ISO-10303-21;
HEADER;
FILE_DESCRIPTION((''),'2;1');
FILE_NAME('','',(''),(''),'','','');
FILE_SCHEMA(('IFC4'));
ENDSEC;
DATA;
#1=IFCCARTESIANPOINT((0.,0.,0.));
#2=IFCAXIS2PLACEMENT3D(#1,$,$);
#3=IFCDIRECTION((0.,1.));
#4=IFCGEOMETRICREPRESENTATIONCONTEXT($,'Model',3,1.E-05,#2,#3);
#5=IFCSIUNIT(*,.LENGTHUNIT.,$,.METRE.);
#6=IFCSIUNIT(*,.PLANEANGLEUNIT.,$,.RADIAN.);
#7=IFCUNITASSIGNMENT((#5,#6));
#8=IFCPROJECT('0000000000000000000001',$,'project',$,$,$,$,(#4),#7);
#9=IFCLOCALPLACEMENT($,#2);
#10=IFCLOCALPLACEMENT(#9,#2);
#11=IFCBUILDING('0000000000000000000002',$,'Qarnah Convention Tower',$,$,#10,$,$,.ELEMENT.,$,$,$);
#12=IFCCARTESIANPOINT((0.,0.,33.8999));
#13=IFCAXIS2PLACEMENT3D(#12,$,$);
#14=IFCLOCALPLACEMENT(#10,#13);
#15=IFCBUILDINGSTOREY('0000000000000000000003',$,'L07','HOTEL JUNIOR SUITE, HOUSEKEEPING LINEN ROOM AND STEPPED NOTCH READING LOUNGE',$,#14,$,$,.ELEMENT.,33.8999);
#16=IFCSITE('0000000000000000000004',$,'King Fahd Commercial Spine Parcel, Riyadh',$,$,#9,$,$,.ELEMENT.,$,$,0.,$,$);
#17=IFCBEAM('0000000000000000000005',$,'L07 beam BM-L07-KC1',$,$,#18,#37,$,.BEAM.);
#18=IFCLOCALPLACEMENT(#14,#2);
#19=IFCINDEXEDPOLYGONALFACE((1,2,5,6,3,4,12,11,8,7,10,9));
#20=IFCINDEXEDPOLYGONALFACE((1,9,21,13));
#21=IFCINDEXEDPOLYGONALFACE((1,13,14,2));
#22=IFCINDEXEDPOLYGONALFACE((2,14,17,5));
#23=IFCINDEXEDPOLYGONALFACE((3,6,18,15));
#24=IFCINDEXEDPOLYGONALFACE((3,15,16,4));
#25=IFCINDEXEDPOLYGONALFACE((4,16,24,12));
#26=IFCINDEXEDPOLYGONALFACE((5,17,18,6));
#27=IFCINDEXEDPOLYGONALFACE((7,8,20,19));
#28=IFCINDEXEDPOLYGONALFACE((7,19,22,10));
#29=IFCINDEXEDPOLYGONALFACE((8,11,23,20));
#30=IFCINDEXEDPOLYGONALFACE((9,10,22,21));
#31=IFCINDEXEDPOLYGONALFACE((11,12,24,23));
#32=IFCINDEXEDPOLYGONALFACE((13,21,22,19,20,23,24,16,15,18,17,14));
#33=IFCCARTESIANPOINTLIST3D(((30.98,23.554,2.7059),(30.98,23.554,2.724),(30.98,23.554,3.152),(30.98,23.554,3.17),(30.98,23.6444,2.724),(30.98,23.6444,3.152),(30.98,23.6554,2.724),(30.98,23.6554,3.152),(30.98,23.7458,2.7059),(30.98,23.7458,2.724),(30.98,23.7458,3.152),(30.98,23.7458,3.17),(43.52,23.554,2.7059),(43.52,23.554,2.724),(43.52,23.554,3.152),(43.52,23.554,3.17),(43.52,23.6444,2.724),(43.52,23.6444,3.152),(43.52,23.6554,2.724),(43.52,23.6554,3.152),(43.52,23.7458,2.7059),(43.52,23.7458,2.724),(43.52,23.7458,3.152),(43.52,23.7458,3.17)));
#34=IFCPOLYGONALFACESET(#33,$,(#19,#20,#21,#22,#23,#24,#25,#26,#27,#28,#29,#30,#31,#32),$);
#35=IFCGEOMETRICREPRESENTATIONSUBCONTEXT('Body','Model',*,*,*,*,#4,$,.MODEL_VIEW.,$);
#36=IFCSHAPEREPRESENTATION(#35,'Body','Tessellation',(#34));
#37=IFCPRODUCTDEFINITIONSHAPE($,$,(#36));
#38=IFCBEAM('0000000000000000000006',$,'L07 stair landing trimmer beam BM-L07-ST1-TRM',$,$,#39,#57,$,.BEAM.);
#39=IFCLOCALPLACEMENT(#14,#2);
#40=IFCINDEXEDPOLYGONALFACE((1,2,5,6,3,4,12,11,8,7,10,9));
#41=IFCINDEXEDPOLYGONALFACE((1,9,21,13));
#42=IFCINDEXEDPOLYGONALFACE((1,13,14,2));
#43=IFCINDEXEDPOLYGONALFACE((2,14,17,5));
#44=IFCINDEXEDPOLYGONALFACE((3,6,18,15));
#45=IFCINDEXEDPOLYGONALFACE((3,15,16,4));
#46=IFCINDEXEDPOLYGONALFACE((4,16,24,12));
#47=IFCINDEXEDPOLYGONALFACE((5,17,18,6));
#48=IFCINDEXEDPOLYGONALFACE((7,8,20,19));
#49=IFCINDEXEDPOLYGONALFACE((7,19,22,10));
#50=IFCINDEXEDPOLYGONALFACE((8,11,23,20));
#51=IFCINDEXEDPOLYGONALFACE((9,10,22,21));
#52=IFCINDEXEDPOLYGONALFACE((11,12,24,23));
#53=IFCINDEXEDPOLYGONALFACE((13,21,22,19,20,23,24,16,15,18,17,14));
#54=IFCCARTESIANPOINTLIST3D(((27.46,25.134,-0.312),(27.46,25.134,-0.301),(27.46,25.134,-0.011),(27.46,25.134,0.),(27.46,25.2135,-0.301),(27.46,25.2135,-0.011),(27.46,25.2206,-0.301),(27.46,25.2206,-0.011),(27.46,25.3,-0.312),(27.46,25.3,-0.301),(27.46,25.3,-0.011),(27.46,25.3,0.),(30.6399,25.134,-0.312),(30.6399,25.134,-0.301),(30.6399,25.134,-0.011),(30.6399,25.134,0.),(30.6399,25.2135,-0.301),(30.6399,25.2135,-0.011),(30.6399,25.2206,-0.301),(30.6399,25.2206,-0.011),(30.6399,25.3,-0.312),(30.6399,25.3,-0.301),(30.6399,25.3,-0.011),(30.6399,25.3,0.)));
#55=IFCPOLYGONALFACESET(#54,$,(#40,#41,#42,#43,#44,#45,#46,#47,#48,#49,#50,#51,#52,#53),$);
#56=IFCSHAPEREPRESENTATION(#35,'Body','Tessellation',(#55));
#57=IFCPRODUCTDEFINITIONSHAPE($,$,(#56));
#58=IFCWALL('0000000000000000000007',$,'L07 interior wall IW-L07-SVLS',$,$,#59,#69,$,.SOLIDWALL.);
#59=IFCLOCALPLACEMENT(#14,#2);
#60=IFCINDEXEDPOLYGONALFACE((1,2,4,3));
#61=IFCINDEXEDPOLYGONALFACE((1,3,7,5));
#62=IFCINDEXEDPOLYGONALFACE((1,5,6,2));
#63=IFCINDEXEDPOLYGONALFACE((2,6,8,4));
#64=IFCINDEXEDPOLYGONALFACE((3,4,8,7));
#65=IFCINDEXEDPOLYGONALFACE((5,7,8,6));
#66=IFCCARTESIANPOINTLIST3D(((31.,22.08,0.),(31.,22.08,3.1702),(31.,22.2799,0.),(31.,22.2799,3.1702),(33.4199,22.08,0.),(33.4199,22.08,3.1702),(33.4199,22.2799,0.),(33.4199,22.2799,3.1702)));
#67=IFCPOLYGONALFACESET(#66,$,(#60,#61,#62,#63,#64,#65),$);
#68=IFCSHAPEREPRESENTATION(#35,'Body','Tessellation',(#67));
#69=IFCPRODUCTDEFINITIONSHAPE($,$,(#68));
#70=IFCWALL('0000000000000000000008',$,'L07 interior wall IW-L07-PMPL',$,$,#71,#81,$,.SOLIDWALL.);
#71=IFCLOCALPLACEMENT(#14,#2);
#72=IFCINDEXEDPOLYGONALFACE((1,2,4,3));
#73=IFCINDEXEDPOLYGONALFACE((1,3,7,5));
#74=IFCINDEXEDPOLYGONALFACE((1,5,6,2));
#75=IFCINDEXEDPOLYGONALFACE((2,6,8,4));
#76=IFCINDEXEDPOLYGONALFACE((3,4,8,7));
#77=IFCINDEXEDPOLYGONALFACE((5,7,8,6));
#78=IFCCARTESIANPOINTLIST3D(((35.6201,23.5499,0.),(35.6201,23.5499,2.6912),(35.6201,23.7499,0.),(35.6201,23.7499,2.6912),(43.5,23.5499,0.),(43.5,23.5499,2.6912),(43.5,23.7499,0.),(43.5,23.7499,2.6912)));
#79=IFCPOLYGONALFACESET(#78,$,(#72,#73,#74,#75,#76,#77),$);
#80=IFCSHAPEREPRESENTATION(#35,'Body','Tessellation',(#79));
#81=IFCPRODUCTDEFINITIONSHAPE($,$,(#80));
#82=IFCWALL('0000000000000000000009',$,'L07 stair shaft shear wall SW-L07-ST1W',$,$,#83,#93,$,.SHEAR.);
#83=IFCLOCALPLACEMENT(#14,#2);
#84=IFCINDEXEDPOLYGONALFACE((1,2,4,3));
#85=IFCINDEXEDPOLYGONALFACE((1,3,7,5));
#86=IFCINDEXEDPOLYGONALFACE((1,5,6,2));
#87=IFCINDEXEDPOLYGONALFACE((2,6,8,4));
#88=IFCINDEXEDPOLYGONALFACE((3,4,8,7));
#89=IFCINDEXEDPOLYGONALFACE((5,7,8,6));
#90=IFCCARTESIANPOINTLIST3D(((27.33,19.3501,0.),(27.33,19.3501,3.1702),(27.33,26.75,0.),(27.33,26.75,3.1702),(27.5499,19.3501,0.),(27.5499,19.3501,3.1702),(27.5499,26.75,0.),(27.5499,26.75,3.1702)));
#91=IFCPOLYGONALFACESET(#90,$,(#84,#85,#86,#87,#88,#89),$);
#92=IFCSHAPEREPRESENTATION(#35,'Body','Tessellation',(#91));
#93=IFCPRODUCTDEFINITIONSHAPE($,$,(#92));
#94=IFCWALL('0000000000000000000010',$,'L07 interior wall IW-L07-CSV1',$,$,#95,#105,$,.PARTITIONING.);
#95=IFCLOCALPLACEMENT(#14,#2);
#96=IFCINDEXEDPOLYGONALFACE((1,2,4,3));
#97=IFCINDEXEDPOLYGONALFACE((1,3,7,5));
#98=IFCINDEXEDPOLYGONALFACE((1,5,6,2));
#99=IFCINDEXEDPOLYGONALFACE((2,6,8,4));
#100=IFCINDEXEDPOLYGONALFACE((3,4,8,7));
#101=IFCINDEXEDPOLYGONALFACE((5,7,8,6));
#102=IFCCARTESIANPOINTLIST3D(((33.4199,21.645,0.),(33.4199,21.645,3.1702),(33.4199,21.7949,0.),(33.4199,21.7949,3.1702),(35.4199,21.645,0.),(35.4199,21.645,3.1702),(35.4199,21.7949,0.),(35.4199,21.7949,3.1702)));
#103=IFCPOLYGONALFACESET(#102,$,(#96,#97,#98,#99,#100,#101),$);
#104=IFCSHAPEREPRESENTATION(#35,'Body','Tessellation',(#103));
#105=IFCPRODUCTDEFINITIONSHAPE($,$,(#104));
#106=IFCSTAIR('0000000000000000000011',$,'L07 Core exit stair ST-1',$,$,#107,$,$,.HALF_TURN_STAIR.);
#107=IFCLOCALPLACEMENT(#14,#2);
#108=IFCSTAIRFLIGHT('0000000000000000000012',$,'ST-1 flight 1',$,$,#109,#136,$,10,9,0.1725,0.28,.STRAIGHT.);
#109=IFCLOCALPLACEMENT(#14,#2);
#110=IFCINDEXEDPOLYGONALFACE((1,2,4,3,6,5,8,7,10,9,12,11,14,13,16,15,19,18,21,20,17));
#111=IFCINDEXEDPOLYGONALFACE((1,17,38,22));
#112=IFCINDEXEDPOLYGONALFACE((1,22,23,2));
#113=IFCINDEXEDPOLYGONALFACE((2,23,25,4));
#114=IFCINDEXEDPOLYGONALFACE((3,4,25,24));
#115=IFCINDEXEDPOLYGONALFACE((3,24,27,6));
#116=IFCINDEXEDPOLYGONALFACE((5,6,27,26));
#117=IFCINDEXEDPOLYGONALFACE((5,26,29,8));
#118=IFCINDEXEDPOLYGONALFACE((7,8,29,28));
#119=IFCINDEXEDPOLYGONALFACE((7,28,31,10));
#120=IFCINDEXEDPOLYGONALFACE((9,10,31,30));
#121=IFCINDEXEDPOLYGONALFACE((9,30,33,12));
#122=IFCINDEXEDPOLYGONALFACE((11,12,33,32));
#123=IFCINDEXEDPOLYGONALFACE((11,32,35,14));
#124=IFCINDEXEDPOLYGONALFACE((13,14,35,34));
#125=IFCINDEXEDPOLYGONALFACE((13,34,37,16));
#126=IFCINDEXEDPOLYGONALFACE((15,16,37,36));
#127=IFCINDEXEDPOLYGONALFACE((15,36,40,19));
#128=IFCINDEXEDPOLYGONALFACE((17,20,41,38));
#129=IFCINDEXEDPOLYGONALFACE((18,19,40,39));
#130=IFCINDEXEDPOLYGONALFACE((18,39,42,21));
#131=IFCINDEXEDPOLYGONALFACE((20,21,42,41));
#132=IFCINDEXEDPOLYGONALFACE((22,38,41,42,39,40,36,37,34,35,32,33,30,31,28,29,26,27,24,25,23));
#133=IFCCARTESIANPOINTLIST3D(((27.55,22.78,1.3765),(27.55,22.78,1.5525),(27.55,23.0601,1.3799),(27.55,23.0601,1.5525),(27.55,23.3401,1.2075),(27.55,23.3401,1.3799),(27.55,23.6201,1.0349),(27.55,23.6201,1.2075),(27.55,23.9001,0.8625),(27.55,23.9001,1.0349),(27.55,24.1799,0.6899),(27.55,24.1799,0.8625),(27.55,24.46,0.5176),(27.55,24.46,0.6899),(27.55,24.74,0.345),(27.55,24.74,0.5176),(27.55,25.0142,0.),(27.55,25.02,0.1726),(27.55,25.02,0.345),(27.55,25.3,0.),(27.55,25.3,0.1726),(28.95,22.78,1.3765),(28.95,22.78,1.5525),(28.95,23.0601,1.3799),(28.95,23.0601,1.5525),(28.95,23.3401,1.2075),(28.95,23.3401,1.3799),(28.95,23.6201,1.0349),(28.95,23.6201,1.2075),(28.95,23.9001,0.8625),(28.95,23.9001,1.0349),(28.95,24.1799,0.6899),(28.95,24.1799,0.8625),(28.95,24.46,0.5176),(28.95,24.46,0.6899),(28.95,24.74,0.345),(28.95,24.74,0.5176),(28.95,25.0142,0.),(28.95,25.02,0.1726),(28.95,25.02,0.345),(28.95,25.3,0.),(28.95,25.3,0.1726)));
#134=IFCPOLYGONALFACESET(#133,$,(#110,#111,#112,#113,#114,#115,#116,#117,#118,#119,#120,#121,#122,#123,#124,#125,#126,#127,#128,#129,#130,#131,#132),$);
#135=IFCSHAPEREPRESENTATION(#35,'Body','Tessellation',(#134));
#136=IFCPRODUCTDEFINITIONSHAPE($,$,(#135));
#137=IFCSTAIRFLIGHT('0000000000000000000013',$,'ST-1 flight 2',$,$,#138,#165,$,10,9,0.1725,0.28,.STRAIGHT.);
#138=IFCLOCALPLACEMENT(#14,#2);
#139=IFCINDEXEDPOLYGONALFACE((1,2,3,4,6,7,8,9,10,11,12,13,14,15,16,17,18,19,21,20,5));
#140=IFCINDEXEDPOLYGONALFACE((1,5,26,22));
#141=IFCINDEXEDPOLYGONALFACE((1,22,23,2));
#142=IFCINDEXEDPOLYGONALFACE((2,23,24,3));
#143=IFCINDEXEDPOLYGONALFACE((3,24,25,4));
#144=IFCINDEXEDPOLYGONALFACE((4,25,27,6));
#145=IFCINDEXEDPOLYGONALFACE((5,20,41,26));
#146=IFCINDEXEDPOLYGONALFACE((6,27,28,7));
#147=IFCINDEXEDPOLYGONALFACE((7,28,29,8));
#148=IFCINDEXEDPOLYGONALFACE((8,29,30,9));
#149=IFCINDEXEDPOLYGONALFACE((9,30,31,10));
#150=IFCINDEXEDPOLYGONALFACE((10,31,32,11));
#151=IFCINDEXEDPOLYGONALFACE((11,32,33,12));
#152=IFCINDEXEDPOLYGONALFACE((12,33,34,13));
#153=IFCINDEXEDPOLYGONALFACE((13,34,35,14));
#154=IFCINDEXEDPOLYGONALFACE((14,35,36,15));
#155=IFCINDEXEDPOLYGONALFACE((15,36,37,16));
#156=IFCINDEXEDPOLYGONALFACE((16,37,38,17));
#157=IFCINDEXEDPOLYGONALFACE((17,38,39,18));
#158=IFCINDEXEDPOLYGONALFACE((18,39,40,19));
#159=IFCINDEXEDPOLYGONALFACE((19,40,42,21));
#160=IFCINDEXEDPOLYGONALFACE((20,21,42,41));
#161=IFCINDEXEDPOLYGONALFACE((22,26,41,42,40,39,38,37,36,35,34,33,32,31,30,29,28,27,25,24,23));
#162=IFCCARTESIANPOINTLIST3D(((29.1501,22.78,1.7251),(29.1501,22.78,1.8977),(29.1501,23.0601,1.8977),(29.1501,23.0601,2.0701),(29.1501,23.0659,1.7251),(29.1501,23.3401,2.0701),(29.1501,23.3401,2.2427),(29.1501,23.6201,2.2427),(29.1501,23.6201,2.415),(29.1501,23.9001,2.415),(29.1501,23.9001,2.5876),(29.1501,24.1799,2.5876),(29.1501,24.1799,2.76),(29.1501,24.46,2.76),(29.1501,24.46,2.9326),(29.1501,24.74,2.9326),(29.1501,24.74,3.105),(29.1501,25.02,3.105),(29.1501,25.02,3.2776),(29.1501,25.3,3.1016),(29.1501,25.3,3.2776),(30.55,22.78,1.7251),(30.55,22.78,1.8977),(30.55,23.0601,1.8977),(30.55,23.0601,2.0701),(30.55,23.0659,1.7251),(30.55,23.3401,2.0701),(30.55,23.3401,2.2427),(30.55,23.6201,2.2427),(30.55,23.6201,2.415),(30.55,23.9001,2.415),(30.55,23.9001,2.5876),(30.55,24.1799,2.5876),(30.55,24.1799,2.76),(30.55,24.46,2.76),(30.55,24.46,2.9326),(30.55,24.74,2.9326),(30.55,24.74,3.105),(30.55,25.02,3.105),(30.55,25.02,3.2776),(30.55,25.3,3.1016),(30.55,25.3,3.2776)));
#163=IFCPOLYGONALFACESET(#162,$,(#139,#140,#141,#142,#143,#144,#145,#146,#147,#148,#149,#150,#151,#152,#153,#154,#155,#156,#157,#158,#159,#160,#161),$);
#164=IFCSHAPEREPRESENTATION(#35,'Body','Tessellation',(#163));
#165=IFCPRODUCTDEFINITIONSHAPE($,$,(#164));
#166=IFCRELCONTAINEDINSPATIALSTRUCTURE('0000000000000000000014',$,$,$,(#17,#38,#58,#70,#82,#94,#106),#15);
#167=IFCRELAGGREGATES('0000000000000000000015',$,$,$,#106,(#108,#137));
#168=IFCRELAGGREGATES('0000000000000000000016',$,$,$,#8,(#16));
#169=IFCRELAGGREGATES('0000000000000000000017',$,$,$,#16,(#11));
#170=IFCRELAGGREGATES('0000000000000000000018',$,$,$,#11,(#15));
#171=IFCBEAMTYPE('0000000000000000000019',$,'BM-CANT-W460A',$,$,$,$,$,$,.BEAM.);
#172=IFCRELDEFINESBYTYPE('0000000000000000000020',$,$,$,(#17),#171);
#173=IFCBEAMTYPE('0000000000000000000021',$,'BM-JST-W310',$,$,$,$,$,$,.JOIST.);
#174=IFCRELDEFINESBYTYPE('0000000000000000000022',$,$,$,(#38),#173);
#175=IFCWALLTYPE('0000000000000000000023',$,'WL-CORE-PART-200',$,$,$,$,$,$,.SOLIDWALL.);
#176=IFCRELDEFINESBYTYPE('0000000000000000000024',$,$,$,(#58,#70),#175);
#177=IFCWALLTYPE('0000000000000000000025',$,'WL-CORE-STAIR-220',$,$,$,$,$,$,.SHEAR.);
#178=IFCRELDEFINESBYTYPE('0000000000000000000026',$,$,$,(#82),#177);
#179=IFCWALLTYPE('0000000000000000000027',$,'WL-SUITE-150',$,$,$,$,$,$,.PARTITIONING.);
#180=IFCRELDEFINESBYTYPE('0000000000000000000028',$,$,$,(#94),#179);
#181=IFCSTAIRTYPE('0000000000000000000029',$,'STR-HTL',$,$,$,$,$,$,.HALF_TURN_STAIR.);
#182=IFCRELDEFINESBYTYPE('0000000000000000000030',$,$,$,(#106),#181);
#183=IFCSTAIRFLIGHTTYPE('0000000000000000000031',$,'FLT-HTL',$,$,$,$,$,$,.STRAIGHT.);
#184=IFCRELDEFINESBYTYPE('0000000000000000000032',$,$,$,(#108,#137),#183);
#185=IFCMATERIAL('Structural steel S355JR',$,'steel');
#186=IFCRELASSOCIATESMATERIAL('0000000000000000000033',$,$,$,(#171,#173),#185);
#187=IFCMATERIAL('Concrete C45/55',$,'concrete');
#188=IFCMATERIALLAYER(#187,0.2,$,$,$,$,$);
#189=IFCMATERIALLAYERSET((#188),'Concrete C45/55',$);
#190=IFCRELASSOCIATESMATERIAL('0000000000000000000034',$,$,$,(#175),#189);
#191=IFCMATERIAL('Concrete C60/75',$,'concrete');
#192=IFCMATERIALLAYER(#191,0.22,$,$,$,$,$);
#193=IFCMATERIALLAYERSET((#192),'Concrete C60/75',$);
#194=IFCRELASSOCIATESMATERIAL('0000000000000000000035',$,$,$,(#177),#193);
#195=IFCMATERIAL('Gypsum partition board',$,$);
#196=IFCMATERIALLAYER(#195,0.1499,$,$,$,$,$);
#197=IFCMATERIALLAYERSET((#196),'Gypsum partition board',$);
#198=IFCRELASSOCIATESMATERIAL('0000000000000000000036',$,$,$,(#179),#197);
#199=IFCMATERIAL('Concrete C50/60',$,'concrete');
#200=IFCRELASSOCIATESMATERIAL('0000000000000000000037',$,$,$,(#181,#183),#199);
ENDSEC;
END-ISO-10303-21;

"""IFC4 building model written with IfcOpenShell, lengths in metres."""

from ifc_helpers import new_model, si_unit, direction, frame, frame_2d, origin, origin_2d, place, context, subcontext, project, spatial, polyline, rectangle, i_section, outline, extrude, material, layer, layer_set, material_profile, profile_set, type_object, element, aggregate, save


model = new_model("IFC4")

# Units and contexts
model_context = context("Model", 3, precision=1e-05, world=origin(), true_north=direction((0.0, 1.0)))
body_context = subcontext(model_context, "Body", "Model", "MODEL_VIEW")
ifc_project = project(units=[si_unit("LENGTHUNIT", "METRE"), si_unit("PLANEANGLEUNIT", "RADIAN")], contexts=[model_context])

# Site, building, storey
site_placement = place(None, origin())
site = spatial("IfcSite", under=ifc_project, at=site_placement, Name="King Fahd Commercial Spine Parcel, Riyadh", CompositionType="ELEMENT", RefElevation=0.0)
building_placement = place(site_placement, origin())
building = spatial("IfcBuilding", under=site, at=building_placement, Name="Qarnah Convention Tower", CompositionType="ELEMENT")
storey_placement = place(building_placement, frame((0.0, 0.0, 33.8999)))
storey = spatial("IfcBuildingStorey", under=building, at=storey_placement, Name="L07", Description="HOTEL JUNIOR SUITE, HOUSEKEEPING LINEN ROOM AND STEPPED NOTCH READING LOUNGE", CompositionType="ELEMENT", Elevation=33.8999)

# Beams
ifc_material_1 = material(Name="Structural steel S355JR", Category="steel")
ifc_material_profile_1 = material_profile(ifc_material_1, i_section(OverallWidth=0.1919, OverallDepth=0.4641, WebThickness=0.011, FlangeThickness=0.0181, at=origin_2d()), Name="W460X89")
ifc_profile_set_1 = profile_set([ifc_material_profile_1], Name="Structural steel S355JR")
beam_type_1 = type_object("IfcBeamType", Name="BM-CANT-W460A", PredefinedType="BEAM", material=ifc_profile_set_1)
beam_1_placement = place(storey_placement, frame((30.98, 23.6499, 2.938), z_axis=(1.0, 0.0, 0.0), x_axis=(0.0, 1.0, 0.0)))
element("IfcBeam", 1, at=beam_1_placement, inside=storey, type_object=beam_type_1, Name="L07 beam BM-L07-KC1", PredefinedType="BEAM", context=body_context, shape_type="SweptSolid", body=[
    extrude(i_section(OverallWidth=0.1919, OverallDepth=0.4641, WebThickness=0.011, FlangeThickness=0.0181, at=origin_2d()), origin(), (0.0, 0.0, 1.0), 12.54),
])
ifc_material_profile_2 = material_profile(ifc_material_1, i_section(OverallWidth=0.166, OverallDepth=0.312, WebThickness=0.0071, FlangeThickness=0.011, at=origin_2d()), Name="W310X45")
ifc_profile_set_2 = profile_set([ifc_material_profile_2], Name="Structural steel S355JR")
beam_type_2 = type_object("IfcBeamType", Name="BM-JST-W310", PredefinedType="JOIST", material=ifc_profile_set_2)
beam_2_placement = place(storey_placement, frame((27.46, 25.217, -0.156), z_axis=(1.0, 0.0, 0.0), x_axis=(0.0, 1.0, 0.0)))
element("IfcBeam", 2, at=beam_2_placement, inside=storey, type_object=beam_type_2, Name="L07 stair landing trimmer beam BM-L07-ST1-TRM", PredefinedType="BEAM", context=body_context, shape_type="SweptSolid", body=[
    extrude(i_section(OverallWidth=0.166, OverallDepth=0.312, WebThickness=0.0071, FlangeThickness=0.011, at=origin_2d()), origin(), (0.0, 0.0, 1.0), 3.1799),
])

# Shared definitions
ifc_material_2 = material(Name="Concrete C45/55", Category="concrete")
ifc_layer_1 = layer(ifc_material_2, 0.2)
ifc_layer_set_1 = layer_set([ifc_layer_1], Name="Concrete C45/55")
wall_type_1 = type_object("IfcWallType", Name="WL-CORE-PART-200", PredefinedType="SOLIDWALL", material=ifc_layer_set_1)

# Walls
wall_1_placement = place(storey_placement, frame((31.0, 22.1799, 0.0), z_axis=(0.0, 0.0, 1.0), x_axis=(1.0, 0.0, 0.0)))
element("IfcWall", 3, at=wall_1_placement, inside=storey, type_object=wall_type_1, Name="L07 interior wall IW-L07-SVLS", PredefinedType="SOLIDWALL", context=body_context, shape_type="SweptSolid", body=[
    extrude(rectangle(XDim=2.4199, YDim=0.2, at=frame_2d((1.21, 0.0))), origin(), (0.0, 0.0, 1.0), 3.1702),
])
wall_2_placement = place(storey_placement, frame((35.6201, 23.6499, 0.0), z_axis=(0.0, 0.0, 1.0), x_axis=(1.0, 0.0, 0.0)))
element("IfcWall", 4, at=wall_2_placement, inside=storey, type_object=wall_type_1, Name="L07 interior wall IW-L07-PMPL", PredefinedType="SOLIDWALL", context=body_context, shape_type="SweptSolid", body=[
    extrude(rectangle(XDim=7.8799, YDim=0.2, at=frame_2d((3.9399, 0.0))), origin(), (0.0, 0.0, 1.0), 2.6912),
])

# Walls
ifc_material_3 = material(Name="Concrete C60/75", Category="concrete")
ifc_layer_2 = layer(ifc_material_3, 0.22)
ifc_layer_set_2 = layer_set([ifc_layer_2], Name="Concrete C60/75")
wall_type_2 = type_object("IfcWallType", Name="WL-CORE-STAIR-220", PredefinedType="SHEAR", material=ifc_layer_set_2)
wall_3_placement = place(storey_placement, frame((27.4399, 19.3501, 0.0), z_axis=(0.0, 0.0, 1.0), x_axis=(0.0, 1.0, 0.0)))
element("IfcWall", 5, at=wall_3_placement, inside=storey, type_object=wall_type_2, Name="L07 stair shaft shear wall SW-L07-ST1W", PredefinedType="SHEAR", context=body_context, shape_type="SweptSolid", body=[
    extrude(rectangle(XDim=7.3999, YDim=0.22, at=frame_2d((3.7, 0.0))), origin(), (0.0, 0.0, 1.0), 3.1702),
])
ifc_material_4 = material(Name="Gypsum partition board")
ifc_layer_3 = layer(ifc_material_4, 0.1499)
ifc_layer_set_3 = layer_set([ifc_layer_3], Name="Gypsum partition board")
wall_type_3 = type_object("IfcWallType", Name="WL-SUITE-150", PredefinedType="PARTITIONING", material=ifc_layer_set_3)
wall_4_placement = place(storey_placement, frame((33.4199, 21.72, 0.0), z_axis=(0.0, 0.0, 1.0), x_axis=(1.0, 0.0, 0.0)))
element("IfcWall", 6, at=wall_4_placement, inside=storey, type_object=wall_type_3, Name="L07 interior wall IW-L07-CSV1", PredefinedType="PARTITIONING", context=body_context, shape_type="SweptSolid", body=[
    extrude(rectangle(XDim=2.0, YDim=0.1499, at=frame_2d((1.0, 0.0))), origin(), (0.0, 0.0, 1.0), 3.1702),
])

# Stair, stair flights
ifc_material_5 = material(Name="Concrete C50/60", Category="concrete")
stair_type = type_object("IfcStairType", Name="STR-HTL", PredefinedType="HALF_TURN_STAIR", material=ifc_material_5)
stair_placement = place(storey_placement, origin())
stair = element("IfcStair", 7, at=stair_placement, inside=storey, type_object=stair_type, Name="L07 Core exit stair ST-1", PredefinedType="HALF_TURN_STAIR")
stair_flight_type = type_object("IfcStairFlightType", Name="FLT-HTL", PredefinedType="STRAIGHT", material=ifc_material_5)
stair_flight_1_placement = place(storey_placement, frame((28.25, 25.3, 0.0), z_axis=(0.0, 0.0, 1.0), x_axis=(0.0, -1.0, 0.0)))
stair_flight_1 = element("IfcStairFlight", 8, at=stair_flight_1_placement, type_object=stair_flight_type, Name="ST-1 flight 1", NumberOfRisers=10, NumberOfTreads=9, PredefinedType="STRAIGHT", RiserHeight=0.1725, TreadLength=0.28, context=body_context, shape_type="SweptSolid", body=[
    extrude(outline(polyline([(0.0, 0.0), (0.0, 0.1726), (0.28, 0.1726), (0.28, 0.345), (0.5601, 0.345), (0.5601, 0.5176), (0.8401, 0.5176), (0.8401, 0.6899), (1.1201, 0.6899), (1.1201, 0.8625), (1.3999, 0.8625), (1.3999, 1.0349), (1.6799, 1.0349), (1.6799, 1.2075), (1.96, 1.2075), (1.96, 1.3799), (2.24, 1.3799), (2.24, 1.5525), (2.52, 1.5525), (2.52, 1.7251), (2.52, 1.3765), (0.2859, 0.0), (0.0, 0.0)])), frame((0.0, 0.7, 0.0), z_axis=(0.0, -1.0, 0.0), x_axis=(1.0, 0.0, 0.0)), (0.0, 0.0, 1.0), 1.3999),
])
stair_flight_2_placement = place(storey_placement, frame((29.8501, 22.78, 1.7251), z_axis=(0.0, 0.0, 1.0), x_axis=(0.0, 1.0, 0.0)))
stair_flight_2 = element("IfcStairFlight", 9, at=stair_flight_2_placement, type_object=stair_flight_type, Name="ST-1 flight 2", NumberOfRisers=10, NumberOfTreads=9, PredefinedType="STRAIGHT", RiserHeight=0.1725, TreadLength=0.28, context=body_context, shape_type="SweptSolid", body=[
    extrude(outline(polyline([(0.0, 0.0), (0.0, 0.1726), (0.28, 0.1726), (0.28, 0.345), (0.5601, 0.345), (0.5601, 0.5176), (0.8401, 0.5176), (0.8401, 0.6899), (1.1201, 0.6899), (1.1201, 0.8625), (1.3999, 0.8625), (1.3999, 1.0349), (1.6799, 1.0349), (1.6799, 1.2075), (1.96, 1.2075), (1.96, 1.3799), (2.24, 1.3799), (2.24, 1.5525), (2.52, 1.5525), (2.52, 1.7251), (2.52, 1.3765), (0.2859, 0.0), (0.0, 0.0)])), frame((0.0, 0.7, 0.0), z_axis=(0.0, -1.0, 0.0), x_axis=(1.0, 0.0, 0.0)), (0.0, 0.0, 1.0), 1.3999),
])
aggregate(stair, [stair_flight_1, stair_flight_2])

save(model, "model.ifc")
